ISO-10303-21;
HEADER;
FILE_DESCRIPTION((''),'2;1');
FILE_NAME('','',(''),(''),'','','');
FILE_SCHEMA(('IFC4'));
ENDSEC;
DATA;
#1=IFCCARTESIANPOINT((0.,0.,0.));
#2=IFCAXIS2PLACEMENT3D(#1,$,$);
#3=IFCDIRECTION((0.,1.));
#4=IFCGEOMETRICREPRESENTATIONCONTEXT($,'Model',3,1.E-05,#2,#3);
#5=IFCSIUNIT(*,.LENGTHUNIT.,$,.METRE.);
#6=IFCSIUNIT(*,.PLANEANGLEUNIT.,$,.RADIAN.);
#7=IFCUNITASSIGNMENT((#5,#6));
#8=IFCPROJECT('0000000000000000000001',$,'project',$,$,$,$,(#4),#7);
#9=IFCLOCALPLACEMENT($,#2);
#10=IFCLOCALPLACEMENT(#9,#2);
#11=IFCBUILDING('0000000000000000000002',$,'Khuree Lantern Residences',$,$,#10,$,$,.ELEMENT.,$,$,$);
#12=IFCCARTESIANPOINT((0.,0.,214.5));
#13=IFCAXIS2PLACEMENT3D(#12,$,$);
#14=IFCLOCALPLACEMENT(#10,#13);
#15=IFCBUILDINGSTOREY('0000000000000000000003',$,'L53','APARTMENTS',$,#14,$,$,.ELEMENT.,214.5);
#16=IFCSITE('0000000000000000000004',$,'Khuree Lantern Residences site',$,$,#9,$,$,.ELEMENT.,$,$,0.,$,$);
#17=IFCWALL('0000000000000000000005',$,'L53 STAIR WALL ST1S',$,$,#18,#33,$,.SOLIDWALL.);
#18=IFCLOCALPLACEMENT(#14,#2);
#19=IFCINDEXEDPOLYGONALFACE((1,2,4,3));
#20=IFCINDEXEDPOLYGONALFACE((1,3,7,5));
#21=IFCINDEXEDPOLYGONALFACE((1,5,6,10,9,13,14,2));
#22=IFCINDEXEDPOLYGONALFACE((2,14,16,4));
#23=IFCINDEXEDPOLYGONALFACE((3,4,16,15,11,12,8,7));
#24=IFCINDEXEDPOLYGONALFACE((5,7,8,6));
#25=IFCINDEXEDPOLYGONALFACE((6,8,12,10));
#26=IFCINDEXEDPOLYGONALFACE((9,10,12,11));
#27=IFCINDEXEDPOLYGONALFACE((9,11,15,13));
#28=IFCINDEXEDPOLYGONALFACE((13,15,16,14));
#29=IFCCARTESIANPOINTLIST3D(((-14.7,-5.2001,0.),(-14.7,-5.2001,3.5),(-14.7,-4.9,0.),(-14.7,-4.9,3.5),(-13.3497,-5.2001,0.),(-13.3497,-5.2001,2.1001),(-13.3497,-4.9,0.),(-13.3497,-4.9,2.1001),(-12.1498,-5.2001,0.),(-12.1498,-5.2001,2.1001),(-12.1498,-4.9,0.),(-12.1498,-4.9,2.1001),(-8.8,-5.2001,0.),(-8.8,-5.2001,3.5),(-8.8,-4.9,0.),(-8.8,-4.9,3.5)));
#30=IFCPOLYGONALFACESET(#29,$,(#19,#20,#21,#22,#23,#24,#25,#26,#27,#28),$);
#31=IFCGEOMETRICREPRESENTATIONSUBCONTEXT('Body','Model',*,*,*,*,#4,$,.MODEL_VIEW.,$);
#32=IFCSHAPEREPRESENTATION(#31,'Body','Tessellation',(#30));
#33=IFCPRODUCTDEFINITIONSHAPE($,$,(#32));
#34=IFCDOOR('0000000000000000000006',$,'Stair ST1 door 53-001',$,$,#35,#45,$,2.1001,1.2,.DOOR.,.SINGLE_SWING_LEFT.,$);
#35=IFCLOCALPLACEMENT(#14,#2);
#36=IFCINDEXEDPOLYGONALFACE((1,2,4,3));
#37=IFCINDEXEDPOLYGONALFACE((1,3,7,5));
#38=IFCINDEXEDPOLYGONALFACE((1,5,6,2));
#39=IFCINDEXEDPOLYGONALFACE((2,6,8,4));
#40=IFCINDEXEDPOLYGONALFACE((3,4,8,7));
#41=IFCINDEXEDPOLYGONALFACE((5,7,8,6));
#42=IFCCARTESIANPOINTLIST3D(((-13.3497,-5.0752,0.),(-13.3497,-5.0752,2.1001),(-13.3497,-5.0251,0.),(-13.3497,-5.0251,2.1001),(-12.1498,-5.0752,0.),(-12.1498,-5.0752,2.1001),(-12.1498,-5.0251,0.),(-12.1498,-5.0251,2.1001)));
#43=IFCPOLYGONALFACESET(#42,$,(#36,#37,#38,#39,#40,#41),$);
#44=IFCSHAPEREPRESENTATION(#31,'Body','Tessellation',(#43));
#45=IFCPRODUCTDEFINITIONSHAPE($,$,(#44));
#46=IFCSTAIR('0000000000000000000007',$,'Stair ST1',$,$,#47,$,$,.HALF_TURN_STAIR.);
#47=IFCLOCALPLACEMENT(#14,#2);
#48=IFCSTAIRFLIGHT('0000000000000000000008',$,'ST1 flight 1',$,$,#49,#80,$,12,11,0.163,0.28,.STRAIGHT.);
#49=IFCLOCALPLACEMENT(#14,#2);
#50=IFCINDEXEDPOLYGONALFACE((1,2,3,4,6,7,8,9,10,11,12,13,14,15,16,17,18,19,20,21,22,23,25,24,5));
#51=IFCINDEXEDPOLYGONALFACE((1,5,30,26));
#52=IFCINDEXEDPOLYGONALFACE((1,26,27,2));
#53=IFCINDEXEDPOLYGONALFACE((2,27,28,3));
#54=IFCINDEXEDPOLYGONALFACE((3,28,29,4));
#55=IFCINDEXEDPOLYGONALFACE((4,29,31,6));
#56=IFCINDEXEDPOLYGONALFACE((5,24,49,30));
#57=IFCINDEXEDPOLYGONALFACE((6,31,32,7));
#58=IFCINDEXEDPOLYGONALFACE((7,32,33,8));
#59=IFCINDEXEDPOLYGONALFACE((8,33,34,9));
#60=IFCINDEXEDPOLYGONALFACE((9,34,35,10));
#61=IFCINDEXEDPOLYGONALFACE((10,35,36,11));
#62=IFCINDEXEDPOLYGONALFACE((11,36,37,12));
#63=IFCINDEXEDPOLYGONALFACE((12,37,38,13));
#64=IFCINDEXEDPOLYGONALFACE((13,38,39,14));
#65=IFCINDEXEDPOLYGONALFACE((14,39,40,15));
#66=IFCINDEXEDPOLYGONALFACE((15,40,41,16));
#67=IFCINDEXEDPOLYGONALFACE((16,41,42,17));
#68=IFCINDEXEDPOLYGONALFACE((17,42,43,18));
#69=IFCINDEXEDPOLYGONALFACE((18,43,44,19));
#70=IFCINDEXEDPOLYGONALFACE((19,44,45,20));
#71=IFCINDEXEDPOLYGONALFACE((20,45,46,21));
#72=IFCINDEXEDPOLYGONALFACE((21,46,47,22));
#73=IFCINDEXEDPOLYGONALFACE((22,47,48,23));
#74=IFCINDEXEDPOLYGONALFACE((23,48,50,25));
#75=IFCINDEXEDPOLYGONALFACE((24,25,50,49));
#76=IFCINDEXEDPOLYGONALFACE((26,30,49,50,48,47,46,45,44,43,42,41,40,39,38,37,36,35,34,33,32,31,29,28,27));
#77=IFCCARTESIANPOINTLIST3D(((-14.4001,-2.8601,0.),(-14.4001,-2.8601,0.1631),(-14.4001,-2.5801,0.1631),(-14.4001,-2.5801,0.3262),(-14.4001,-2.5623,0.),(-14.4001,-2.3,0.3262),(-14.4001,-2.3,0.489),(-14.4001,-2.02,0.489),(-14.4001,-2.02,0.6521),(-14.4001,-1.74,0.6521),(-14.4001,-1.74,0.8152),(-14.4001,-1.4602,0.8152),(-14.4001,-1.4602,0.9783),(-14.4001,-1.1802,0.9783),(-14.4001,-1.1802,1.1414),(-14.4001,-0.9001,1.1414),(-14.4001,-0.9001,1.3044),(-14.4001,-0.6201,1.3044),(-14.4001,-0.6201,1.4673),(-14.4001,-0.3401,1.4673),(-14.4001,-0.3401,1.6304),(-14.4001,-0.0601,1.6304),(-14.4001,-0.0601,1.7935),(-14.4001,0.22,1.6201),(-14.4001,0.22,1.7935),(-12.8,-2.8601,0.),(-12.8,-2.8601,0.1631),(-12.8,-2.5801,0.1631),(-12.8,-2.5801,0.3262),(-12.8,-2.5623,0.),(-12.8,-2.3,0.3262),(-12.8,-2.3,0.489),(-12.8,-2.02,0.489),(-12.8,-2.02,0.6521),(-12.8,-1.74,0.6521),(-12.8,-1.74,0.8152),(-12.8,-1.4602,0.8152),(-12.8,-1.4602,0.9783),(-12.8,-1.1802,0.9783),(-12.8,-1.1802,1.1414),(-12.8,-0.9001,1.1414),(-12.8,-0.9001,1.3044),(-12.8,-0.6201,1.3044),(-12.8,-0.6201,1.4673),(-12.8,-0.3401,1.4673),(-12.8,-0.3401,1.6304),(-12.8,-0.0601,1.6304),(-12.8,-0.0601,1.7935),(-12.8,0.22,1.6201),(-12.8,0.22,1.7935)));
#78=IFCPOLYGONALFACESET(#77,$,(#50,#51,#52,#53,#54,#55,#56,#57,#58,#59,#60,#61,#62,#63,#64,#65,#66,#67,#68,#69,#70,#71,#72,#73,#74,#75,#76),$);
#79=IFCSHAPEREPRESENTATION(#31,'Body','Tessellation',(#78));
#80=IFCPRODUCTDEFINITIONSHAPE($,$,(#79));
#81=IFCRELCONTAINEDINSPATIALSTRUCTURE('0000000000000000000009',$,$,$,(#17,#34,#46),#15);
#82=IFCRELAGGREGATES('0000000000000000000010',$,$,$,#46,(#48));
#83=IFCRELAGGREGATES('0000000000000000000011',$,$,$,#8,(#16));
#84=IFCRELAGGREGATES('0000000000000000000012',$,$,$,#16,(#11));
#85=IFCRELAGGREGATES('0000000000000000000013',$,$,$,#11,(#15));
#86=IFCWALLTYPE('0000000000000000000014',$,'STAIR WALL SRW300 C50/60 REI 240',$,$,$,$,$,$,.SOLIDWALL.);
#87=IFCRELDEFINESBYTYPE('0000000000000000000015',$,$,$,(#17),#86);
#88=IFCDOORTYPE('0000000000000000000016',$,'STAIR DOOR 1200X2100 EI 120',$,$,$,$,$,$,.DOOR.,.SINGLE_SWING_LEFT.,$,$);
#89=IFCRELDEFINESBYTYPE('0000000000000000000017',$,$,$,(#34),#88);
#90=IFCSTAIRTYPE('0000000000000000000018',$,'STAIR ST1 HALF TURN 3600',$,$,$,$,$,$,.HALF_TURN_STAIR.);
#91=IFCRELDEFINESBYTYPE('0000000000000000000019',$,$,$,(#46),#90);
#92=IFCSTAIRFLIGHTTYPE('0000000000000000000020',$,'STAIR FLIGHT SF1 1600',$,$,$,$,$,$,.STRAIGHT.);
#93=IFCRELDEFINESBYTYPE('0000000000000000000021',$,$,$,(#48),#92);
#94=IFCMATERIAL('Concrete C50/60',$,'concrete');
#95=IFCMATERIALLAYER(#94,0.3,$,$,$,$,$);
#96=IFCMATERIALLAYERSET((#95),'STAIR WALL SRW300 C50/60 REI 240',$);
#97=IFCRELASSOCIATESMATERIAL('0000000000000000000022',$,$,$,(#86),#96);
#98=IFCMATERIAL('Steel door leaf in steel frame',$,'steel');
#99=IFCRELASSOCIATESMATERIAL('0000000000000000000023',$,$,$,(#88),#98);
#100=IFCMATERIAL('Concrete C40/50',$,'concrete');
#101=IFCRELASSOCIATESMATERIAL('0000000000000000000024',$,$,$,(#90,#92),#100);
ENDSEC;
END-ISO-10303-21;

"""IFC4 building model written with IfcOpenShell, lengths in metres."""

from ifc_helpers import new_model, si_unit, direction, frame, frame_2d, origin, place, context, subcontext, project, spatial, polyline, rectangle, outline, extrude, material, layer, layer_set, type_object, element, fill, aggregate, save


model = new_model("IFC4")

# Units and contexts
model_context = context("Model", 3, precision=1e-05, world=origin(), true_north=direction((0.0, 1.0)))
body_context = subcontext(model_context, "Body", "Model", "MODEL_VIEW")
ifc_project = project(units=[si_unit("LENGTHUNIT", "METRE"), si_unit("PLANEANGLEUNIT", "RADIAN")], contexts=[model_context])

# Site, building, storey
site_placement = place(None, origin())
site = spatial("IfcSite", under=ifc_project, at=site_placement, Name="Khuree Lantern Residences site", CompositionType="ELEMENT", RefElevation=0.0)
building_placement = place(site_placement, origin())
building = spatial("IfcBuilding", under=site, at=building_placement, Name="Khuree Lantern Residences", CompositionType="ELEMENT")
storey_placement = place(building_placement, frame((0.0, 0.0, 214.5)))
storey = spatial("IfcBuildingStorey", under=building, at=storey_placement, Name="L53", Description="APARTMENTS", CompositionType="ELEMENT", Elevation=214.5)

# Shared definitions
ifc_material_1 = material(Name="Steel door leaf in steel frame", Category="steel")

# Shared definitions
ifc_material_2 = material(Name="Concrete C50/60", Category="concrete")
ifc_layer_1 = layer(ifc_material_2, 0.3)
ifc_layer_set_1 = layer_set([ifc_layer_1], Name="STAIR WALL SRW300 C50/60 REI 240")
wall_type_1 = type_object("IfcWallType", Name="STAIR WALL SRW300 C50/60 REI 240", PredefinedType="SOLIDWALL", material=ifc_layer_set_1)

# Wall, opening, door
wall_1_placement = place(storey_placement, frame((-14.7, -5.05, 0.0), z_axis=(0.0, 0.0, 1.0), x_axis=(1.0, 0.0, 0.0)))
wall_1 = element("IfcWall", 1, at=wall_1_placement, inside=storey, type_object=wall_type_1, Name="L53 STAIR WALL ST1S", PredefinedType="SOLIDWALL", context=body_context, shape_type="SweptSolid", body=[
    extrude(rectangle(XDim=5.8999, YDim=0.3, at=frame_2d((2.95, 0.0))), origin(), (0.0, 0.0, 1.0), 3.5),
])
opening_1_placement = place(wall_1_placement, frame((1.3501, 0.0, 0.0)))
opening_1 = element("IfcOpeningElement", 2, at=opening_1_placement, cuts=wall_1, PredefinedType="OPENING", context=body_context, shape_type="SweptSolid", body=[
    extrude(rectangle(XDim=1.2, YDim=2.1001, at=frame_2d((0.6001, 1.05))), frame((0.0, 0.1602, 0.0), z_axis=(0.0, -1.0, 0.0), x_axis=(1.0, 0.0, 0.0)), (0.0, 0.0, 1.0), 0.3201),
])
door_type_1 = type_object("IfcDoorType", Name="STAIR DOOR 1200X2100 EI 120", OperationType="SINGLE_SWING_LEFT", PredefinedType="DOOR", material=ifc_material_1)
door_1_placement = place(opening_1_placement, origin())
door_1 = element("IfcDoor", 3, at=door_1_placement, inside=storey, type_object=door_type_1, Name="Stair ST1 door 53-001", OperationType="SINGLE_SWING_LEFT", OverallHeight=2.1001, OverallWidth=1.2, PredefinedType="DOOR", context=body_context, shape_type="SweptSolid", body=[
    extrude(rectangle(XDim=1.2, YDim=2.1001, at=frame_2d((0.6001, 1.05))), frame((0.0, 0.0249, 0.0), z_axis=(0.0, -1.0, 0.0), x_axis=(1.0, 0.0, 0.0)), (0.0, 0.0, 1.0), 0.05),
])
fill(opening_1, door_1)

# Stair, stair flight
ifc_material_3 = material(Name="Concrete C40/50", Category="concrete")
stair_type = type_object("IfcStairType", Name="STAIR ST1 HALF TURN 3600", PredefinedType="HALF_TURN_STAIR", material=ifc_material_3)
stair_placement = place(storey_placement, origin())
stair = element("IfcStair", 4, at=stair_placement, inside=storey, type_object=stair_type, Name="Stair ST1", PredefinedType="HALF_TURN_STAIR")
stair_flight_type = type_object("IfcStairFlightType", Name="STAIR FLIGHT SF1 1600", PredefinedType="STRAIGHT", material=ifc_material_3)
stair_flight_placement = place(storey_placement, frame((-13.6001, -2.8601, 0.0), z_axis=(0.0, 0.0, 1.0), x_axis=(0.0, 1.0, 0.0)))
stair_flight = element("IfcStairFlight", 5, at=stair_flight_placement, type_object=stair_flight_type, Name="ST1 flight 1", NumberOfRisers=12, NumberOfTreads=11, PredefinedType="STRAIGHT", RiserHeight=0.163, TreadLength=0.28, context=body_context, shape_type="SweptSolid", body=[
    extrude(outline(polyline([(0.0, 0.0), (0.0, 0.1631), (0.28, 0.1631), (0.28, 0.3262), (0.5601, 0.3262), (0.5601, 0.489), (0.8401, 0.489), (0.8401, 0.6521), (1.1201, 0.6521), (1.1201, 0.8152), (1.3999, 0.8152), (1.3999, 0.9783), (1.6799, 0.9783), (1.6799, 1.1414), (1.96, 1.1414), (1.96, 1.3044), (2.24, 1.3044), (2.24, 1.4673), (2.52, 1.4673), (2.52, 1.6304), (2.8, 1.6304), (2.8, 1.7935), (3.0801, 1.7935), (3.0801, 1.9565), (3.0801, 1.6201), (0.2979, 0.0), (0.0, 0.0)])), frame((0.0, 0.8, 0.0), z_axis=(0.0, -1.0, 0.0), x_axis=(1.0, 0.0, 0.0)), (0.0, 0.0, 1.0), 1.6001),
])
aggregate(stair, [stair_flight])

save(model, "model.ifc")
